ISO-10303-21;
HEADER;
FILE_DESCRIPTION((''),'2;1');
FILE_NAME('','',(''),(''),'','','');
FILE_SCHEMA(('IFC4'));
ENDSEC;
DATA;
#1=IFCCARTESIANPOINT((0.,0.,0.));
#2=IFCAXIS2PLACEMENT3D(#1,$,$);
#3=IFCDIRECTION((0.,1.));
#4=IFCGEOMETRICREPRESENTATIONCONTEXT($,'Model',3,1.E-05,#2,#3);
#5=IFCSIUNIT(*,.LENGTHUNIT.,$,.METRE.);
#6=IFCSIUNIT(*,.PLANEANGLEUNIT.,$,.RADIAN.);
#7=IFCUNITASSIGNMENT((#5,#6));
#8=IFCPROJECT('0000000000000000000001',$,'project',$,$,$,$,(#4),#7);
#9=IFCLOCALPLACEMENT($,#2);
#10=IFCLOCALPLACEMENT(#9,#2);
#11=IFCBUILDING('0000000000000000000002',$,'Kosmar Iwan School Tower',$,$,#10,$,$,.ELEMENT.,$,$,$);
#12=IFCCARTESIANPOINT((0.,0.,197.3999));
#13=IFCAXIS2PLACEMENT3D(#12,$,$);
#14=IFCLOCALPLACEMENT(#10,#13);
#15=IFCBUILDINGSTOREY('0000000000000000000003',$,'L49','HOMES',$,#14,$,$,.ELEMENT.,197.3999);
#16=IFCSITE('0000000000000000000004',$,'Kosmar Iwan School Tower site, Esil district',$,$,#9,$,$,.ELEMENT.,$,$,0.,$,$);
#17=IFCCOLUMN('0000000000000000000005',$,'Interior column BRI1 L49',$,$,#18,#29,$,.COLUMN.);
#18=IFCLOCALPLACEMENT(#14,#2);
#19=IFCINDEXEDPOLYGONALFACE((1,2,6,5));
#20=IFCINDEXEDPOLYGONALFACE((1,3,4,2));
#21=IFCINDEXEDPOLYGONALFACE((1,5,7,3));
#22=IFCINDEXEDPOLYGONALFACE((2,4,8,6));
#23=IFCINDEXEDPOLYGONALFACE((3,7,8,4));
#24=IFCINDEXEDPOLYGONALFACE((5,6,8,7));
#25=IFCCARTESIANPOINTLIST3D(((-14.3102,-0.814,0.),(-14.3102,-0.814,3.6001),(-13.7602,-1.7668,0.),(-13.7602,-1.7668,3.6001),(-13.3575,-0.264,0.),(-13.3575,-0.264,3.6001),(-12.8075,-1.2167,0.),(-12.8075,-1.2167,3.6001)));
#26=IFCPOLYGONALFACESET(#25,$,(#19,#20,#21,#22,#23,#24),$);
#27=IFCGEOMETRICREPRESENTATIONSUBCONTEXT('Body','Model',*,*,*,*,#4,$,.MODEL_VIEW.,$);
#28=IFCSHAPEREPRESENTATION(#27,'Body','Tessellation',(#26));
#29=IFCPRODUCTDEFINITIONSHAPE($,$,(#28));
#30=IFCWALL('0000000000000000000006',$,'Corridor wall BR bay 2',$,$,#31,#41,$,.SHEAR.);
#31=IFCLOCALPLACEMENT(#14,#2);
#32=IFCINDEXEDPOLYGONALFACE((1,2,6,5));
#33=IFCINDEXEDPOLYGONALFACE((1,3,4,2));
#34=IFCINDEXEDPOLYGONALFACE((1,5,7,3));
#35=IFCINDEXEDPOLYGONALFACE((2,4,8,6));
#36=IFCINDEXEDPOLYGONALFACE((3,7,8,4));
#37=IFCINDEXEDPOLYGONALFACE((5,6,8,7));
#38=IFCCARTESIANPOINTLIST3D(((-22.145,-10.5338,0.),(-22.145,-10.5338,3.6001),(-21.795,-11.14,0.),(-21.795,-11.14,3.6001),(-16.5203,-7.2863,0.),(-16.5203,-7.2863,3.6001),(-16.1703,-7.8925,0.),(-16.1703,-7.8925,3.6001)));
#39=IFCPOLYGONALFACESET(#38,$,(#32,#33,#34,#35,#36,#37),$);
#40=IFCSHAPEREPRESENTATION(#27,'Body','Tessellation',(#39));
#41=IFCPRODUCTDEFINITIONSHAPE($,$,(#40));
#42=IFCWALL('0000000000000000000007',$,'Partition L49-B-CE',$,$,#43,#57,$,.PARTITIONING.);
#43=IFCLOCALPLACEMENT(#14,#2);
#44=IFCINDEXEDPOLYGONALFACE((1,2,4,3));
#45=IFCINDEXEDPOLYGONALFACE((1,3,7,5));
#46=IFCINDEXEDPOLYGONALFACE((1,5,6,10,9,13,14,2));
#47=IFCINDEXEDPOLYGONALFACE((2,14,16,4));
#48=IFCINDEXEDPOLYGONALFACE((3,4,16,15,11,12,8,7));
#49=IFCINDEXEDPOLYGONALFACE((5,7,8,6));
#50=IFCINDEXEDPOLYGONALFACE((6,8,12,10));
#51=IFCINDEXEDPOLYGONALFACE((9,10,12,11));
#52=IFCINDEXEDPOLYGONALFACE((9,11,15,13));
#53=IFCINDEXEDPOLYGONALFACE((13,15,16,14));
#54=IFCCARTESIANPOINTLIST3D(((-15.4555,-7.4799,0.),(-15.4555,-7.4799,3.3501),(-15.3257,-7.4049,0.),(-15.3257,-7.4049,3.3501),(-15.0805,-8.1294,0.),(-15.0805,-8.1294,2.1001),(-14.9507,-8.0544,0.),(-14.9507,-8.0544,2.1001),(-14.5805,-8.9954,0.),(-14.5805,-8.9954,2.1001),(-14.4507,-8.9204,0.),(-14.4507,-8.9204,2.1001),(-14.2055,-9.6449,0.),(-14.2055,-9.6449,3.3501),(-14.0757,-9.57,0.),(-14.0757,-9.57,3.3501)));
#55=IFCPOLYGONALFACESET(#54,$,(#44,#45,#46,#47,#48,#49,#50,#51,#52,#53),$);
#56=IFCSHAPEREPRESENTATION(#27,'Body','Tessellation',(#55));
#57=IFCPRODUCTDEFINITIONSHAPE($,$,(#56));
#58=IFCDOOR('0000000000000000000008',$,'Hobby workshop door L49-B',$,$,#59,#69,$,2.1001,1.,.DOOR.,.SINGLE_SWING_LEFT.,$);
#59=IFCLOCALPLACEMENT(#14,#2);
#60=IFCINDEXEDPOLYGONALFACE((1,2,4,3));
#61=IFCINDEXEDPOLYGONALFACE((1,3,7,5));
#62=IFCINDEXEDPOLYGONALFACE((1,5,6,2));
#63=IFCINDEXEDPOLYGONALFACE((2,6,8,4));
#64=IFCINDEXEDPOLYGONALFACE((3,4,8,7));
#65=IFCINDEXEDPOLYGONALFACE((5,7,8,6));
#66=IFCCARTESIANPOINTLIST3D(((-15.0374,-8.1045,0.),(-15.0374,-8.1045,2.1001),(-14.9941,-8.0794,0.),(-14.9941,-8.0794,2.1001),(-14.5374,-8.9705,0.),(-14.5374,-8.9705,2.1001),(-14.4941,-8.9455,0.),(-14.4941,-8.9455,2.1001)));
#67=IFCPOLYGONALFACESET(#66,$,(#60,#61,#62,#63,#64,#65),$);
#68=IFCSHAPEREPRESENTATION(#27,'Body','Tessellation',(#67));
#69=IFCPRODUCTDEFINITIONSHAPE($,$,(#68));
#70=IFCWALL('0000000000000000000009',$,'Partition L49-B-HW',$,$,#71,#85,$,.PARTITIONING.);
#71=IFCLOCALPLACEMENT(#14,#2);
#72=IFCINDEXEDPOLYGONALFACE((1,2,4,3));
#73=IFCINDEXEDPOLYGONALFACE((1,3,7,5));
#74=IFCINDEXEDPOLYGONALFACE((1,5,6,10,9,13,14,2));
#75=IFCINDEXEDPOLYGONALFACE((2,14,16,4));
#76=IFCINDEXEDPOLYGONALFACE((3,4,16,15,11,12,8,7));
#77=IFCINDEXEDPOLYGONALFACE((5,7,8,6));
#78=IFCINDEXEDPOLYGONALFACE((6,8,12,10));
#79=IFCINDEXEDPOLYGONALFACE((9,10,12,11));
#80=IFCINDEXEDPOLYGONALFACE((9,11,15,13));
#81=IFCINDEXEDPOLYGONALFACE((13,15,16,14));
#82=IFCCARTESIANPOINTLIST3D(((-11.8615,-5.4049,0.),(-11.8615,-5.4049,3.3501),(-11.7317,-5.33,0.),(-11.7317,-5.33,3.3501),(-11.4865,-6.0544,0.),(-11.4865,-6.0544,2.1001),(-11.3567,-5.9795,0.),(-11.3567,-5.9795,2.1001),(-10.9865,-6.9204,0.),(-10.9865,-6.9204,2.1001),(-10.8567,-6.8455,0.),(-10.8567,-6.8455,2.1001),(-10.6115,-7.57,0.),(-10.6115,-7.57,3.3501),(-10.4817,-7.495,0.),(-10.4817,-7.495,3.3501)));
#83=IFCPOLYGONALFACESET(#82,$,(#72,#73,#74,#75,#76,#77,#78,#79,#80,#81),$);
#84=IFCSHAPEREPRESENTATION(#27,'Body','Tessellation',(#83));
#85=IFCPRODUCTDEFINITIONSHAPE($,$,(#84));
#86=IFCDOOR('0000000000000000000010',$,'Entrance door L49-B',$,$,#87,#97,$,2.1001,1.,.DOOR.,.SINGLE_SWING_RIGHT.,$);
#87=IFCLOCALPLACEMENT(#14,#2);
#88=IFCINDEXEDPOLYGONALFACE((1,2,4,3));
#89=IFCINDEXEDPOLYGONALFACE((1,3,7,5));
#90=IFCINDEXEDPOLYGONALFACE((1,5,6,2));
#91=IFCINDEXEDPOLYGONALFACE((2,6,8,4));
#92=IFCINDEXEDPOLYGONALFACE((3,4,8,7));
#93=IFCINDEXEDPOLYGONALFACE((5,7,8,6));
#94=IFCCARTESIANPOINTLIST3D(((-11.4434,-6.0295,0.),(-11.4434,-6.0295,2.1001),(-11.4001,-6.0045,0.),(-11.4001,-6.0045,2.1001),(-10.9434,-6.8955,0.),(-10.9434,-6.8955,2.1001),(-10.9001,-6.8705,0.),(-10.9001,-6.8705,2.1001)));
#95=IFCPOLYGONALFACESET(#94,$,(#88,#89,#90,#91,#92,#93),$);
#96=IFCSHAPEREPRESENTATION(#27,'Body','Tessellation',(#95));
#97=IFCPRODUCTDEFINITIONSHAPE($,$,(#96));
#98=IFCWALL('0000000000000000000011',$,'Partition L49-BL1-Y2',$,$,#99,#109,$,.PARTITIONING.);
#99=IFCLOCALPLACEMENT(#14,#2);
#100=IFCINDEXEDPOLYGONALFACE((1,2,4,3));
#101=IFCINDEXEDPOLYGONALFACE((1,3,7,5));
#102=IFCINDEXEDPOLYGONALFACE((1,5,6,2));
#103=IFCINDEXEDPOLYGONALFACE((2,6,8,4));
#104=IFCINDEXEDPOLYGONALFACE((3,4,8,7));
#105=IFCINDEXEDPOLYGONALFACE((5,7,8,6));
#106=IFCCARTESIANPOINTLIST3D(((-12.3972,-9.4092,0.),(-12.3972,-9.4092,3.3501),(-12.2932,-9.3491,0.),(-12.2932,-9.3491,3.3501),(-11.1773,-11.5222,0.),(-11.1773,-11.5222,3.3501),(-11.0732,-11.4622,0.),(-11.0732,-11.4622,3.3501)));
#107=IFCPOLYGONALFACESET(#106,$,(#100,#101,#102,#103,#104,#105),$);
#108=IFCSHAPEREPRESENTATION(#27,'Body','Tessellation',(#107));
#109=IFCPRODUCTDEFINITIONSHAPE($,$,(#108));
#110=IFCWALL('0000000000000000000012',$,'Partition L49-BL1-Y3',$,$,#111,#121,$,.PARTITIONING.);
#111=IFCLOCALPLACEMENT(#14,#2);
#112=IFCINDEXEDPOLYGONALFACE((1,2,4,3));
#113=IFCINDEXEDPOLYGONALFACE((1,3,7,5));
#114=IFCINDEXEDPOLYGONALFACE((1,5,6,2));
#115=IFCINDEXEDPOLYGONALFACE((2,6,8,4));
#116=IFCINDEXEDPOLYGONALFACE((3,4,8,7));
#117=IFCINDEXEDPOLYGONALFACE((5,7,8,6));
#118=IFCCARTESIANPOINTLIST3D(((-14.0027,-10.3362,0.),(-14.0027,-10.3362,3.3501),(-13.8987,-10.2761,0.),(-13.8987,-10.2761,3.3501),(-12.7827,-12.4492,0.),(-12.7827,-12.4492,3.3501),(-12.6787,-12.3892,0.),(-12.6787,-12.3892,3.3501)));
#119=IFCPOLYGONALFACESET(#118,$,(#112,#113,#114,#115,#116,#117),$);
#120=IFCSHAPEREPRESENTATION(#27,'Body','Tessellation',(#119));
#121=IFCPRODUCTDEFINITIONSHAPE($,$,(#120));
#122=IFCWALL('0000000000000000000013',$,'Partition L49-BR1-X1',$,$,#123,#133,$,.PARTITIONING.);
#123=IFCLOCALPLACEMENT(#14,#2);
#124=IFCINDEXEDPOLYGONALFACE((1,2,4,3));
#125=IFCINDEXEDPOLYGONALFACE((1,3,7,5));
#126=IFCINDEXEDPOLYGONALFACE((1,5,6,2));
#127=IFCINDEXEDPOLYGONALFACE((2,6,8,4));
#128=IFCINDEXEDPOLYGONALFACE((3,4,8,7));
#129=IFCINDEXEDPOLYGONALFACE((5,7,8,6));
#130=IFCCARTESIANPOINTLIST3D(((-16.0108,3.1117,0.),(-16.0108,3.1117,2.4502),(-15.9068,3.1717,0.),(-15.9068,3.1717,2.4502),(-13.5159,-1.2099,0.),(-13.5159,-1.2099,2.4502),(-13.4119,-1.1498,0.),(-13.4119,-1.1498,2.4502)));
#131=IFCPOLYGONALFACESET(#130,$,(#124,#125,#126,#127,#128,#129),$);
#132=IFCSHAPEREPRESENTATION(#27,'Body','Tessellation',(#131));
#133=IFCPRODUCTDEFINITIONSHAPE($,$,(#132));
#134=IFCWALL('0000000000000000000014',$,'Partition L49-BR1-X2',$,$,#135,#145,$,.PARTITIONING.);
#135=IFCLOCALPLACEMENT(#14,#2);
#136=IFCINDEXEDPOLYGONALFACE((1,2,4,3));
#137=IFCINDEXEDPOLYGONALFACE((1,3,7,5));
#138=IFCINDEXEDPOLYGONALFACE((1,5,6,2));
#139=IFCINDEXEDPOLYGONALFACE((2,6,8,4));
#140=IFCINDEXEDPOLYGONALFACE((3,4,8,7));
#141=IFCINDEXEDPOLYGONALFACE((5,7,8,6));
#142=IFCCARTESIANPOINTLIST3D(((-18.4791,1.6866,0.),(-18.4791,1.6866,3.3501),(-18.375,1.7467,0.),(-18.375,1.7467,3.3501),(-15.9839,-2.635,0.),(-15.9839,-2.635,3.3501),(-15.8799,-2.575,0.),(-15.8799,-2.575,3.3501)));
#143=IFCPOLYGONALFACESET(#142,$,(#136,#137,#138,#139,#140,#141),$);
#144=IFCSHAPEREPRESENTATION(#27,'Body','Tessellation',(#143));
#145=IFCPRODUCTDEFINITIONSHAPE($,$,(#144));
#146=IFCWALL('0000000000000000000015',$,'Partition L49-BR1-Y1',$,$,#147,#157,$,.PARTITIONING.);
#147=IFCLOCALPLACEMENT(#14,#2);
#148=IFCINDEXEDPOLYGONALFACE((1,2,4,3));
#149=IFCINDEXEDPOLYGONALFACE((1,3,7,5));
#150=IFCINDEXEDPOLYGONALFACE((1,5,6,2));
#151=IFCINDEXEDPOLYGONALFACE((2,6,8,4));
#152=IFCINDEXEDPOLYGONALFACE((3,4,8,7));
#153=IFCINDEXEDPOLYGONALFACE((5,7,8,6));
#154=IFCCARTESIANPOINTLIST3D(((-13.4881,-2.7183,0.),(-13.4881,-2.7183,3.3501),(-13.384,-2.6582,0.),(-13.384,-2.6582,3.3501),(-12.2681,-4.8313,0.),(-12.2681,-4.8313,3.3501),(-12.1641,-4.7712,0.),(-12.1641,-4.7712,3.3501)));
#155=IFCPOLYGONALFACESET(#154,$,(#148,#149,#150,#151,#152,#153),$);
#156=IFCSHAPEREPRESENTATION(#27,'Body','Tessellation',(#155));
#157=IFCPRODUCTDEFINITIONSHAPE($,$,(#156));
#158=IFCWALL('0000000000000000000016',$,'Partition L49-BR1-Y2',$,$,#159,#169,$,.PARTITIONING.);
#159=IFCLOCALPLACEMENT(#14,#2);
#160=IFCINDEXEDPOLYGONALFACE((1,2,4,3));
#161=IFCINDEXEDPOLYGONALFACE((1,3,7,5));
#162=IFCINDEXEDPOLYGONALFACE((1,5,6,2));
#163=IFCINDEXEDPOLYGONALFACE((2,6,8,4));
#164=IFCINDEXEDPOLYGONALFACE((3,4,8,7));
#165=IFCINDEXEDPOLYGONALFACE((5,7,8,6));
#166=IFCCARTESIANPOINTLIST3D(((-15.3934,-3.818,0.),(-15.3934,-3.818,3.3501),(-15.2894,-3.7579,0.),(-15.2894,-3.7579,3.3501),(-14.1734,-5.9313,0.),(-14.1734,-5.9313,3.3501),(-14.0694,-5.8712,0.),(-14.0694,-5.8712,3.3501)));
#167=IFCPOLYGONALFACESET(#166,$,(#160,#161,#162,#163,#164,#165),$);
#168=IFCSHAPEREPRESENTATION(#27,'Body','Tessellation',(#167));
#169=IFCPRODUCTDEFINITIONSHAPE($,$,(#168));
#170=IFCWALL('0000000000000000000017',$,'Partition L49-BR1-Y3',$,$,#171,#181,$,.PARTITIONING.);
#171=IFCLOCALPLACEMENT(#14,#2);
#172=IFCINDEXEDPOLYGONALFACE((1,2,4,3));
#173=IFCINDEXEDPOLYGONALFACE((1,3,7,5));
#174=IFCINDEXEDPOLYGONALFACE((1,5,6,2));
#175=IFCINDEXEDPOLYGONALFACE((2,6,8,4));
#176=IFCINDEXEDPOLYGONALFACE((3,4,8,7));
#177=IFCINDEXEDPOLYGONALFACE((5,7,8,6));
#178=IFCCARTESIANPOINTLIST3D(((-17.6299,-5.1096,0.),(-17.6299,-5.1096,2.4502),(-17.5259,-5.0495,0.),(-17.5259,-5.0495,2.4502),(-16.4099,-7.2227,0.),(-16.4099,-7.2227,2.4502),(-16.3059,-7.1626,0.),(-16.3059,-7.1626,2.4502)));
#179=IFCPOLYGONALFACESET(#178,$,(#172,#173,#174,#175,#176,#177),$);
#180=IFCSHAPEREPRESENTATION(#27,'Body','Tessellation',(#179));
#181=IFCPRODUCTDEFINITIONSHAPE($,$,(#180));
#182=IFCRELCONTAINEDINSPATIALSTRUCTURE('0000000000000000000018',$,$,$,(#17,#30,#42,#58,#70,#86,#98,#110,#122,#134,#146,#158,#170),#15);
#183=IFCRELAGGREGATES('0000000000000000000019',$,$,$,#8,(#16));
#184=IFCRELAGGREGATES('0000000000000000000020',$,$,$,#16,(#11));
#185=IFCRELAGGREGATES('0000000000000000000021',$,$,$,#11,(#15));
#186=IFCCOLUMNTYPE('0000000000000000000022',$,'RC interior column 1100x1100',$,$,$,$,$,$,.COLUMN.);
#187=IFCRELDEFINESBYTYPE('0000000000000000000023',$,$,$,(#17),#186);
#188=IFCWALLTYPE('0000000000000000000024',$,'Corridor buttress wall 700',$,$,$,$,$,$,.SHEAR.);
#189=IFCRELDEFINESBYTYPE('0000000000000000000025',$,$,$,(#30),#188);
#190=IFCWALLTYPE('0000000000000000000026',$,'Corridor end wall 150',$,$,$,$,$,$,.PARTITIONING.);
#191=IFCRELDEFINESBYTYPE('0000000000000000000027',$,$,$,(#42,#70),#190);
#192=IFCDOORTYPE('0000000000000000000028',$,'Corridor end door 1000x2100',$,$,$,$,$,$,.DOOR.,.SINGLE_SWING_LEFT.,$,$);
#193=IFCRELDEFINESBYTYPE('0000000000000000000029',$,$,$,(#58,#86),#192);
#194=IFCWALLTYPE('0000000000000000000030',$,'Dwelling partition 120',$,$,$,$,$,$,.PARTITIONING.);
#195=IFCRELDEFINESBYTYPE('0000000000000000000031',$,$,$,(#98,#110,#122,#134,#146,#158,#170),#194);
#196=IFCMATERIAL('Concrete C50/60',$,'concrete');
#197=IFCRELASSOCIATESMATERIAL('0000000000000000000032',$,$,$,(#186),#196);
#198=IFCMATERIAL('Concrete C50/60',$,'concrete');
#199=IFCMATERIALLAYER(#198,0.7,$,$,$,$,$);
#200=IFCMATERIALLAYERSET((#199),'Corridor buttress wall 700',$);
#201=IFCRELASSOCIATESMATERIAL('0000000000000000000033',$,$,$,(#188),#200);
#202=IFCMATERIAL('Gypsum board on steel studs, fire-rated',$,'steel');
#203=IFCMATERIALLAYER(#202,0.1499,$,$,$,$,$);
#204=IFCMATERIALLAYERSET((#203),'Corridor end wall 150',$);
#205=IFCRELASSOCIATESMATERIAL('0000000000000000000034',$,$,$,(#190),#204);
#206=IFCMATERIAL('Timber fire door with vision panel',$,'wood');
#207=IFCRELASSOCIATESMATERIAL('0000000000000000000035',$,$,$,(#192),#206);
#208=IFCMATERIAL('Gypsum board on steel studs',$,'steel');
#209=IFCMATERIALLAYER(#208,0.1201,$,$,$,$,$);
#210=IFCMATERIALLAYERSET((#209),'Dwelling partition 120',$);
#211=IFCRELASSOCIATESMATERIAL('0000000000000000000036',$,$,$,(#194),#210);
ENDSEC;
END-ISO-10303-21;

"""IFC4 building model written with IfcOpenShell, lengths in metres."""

from ifc_helpers import new_model, si_unit, direction, frame, frame_2d, origin, origin_2d, place, context, subcontext, project, spatial, rectangle, extrude, material, layer, layer_set, material_profile, profile_set, type_object, element, fill, save


model = new_model("IFC4")

# Units and contexts
model_context = context("Model", 3, precision=1e-05, world=origin(), true_north=direction((0.0, 1.0)))
body_context = subcontext(model_context, "Body", "Model", "MODEL_VIEW")
ifc_project = project(units=[si_unit("LENGTHUNIT", "METRE"), si_unit("PLANEANGLEUNIT", "RADIAN")], contexts=[model_context])

# Site, building, storey
site_placement = place(None, origin())
site = spatial("IfcSite", under=ifc_project, at=site_placement, Name="Kosmar Iwan School Tower site, Esil district", CompositionType="ELEMENT", RefElevation=0.0)
building_placement = place(site_placement, origin())
building = spatial("IfcBuilding", under=site, at=building_placement, Name="Kosmar Iwan School Tower", CompositionType="ELEMENT")
storey_placement = place(building_placement, frame((0.0, 0.0, 197.3999)))
storey = spatial("IfcBuildingStorey", under=building, at=storey_placement, Name="L49", Description="HOMES", CompositionType="ELEMENT", Elevation=197.3999)

# Column
ifc_material_1 = material(Name="Concrete C50/60", Category="concrete")
ifc_material_profile = material_profile(ifc_material_1, rectangle(XDim=1.1001, YDim=1.1001, at=origin_2d()), Name="RC 1100x1100")
ifc_profile_set = profile_set([ifc_material_profile], Name="Concrete C50/60")
column_type = type_object("IfcColumnType", Name="RC interior column 1100x1100", PredefinedType="COLUMN", material=ifc_profile_set)
column_placement = place(storey_placement, frame((-13.5588, -1.0154, 0.0), z_axis=(0.0, 0.0, 1.0), x_axis=(-0.866025, -0.5, 0.0)))
element("IfcColumn", 1, at=column_placement, inside=storey, type_object=column_type, Name="Interior column BRI1 L49", PredefinedType="COLUMN", context=body_context, shape_type="SweptSolid", body=[
    extrude(rectangle(XDim=1.1001, YDim=1.1001, at=origin_2d()), origin(), (0.0, 0.0, 1.0), 3.6001),
])

# Wall
ifc_material_2 = material(Name="Concrete C50/60", Category="concrete")
ifc_layer_1 = layer(ifc_material_2, 0.7)
ifc_layer_set_1 = layer_set([ifc_layer_1], Name="Corridor buttress wall 700")
wall_type_1 = type_object("IfcWallType", Name="Corridor buttress wall 700", PredefinedType="SHEAR", material=ifc_layer_set_1)
wall_1_placement = place(storey_placement, frame((-16.3452, -7.5894, 0.0), z_axis=(0.0, 0.0, 1.0), x_axis=(-0.866018, -0.500012, 0.0)))
element("IfcWall", 2, at=wall_1_placement, inside=storey, type_object=wall_type_1, Name="Corridor wall BR bay 2", PredefinedType="SHEAR", context=body_context, shape_type="SweptSolid", body=[
    extrude(rectangle(XDim=6.4949, YDim=0.7, at=frame_2d((3.2476, 0.0))), origin(), (0.0, 0.0, 1.0), 3.6001),
])

# Walls, openings, doors
ifc_material_3 = material(Name="Gypsum board on steel studs, fire-rated", Category="steel")
ifc_layer_2 = layer(ifc_material_3, 0.1499)
ifc_layer_set_2 = layer_set([ifc_layer_2], Name="Corridor end wall 150")
wall_type_2 = type_object("IfcWallType", Name="Corridor end wall 150", PredefinedType="PARTITIONING", material=ifc_layer_set_2)
wall_2_placement = place(storey_placement, frame((-15.3906, -7.4424, 0.0), z_axis=(0.0, 0.0, 1.0), x_axis=(0.500004, -0.866023, 0.0)))
wall_2 = element("IfcWall", 3, at=wall_2_placement, inside=storey, type_object=wall_type_2, Name="Partition L49-B-CE", PredefinedType="PARTITIONING", context=body_context, shape_type="SweptSolid", body=[
    extrude(rectangle(XDim=2.5, YDim=0.1499, at=frame_2d((1.25, 0.0))), origin(), (0.0, 0.0, 1.0), 3.3501),
])
opening_1_placement = place(wall_2_placement, frame((0.75, 0.0, 0.0)))
opening_1 = element("IfcOpeningElement", 4, at=opening_1_placement, cuts=wall_2, PredefinedType="OPENING", context=body_context, shape_type="SweptSolid", body=[
    extrude(rectangle(XDim=1.0, YDim=2.1001, at=frame_2d((0.5, 1.05))), frame((0.0, 0.0869, 0.0), z_axis=(0.0, -1.0, 0.0), x_axis=(1.0, 0.0, 0.0)), (0.0, 0.0, 1.0), 0.1738),
])
ifc_material_4 = material(Name="Timber fire door with vision panel", Category="wood")
door_type = type_object("IfcDoorType", Name="Corridor end door 1000x2100", OperationType="SINGLE_SWING_LEFT", PredefinedType="DOOR", material=ifc_material_4)
door_1_placement = place(opening_1_placement, origin())
door_1 = element("IfcDoor", 5, at=door_1_placement, inside=storey, type_object=door_type, Name="Hobby workshop door L49-B", OperationType="SINGLE_SWING_LEFT", OverallHeight=2.1001, OverallWidth=1.0, PredefinedType="DOOR", context=body_context, shape_type="SweptSolid", body=[
    extrude(rectangle(XDim=1.0, YDim=2.1001, at=frame_2d((0.5, 1.05))), frame((0.0, 0.0249, 0.0), z_axis=(0.0, -1.0, 0.0), x_axis=(1.0, 0.0, 0.0)), (0.0, 0.0, 1.0), 0.05),
])
fill(opening_1, door_1)
wall_3_placement = place(storey_placement, frame((-11.7966, -5.3674, 0.0), z_axis=(0.0, 0.0, 1.0), x_axis=(0.500004, -0.866023, 0.0)))
wall_3 = element("IfcWall", 6, at=wall_3_placement, inside=storey, type_object=wall_type_2, Name="Partition L49-B-HW", PredefinedType="PARTITIONING", context=body_context, shape_type="SweptSolid", body=[
    extrude(rectangle(XDim=2.5, YDim=0.1499, at=frame_2d((1.25, 0.0))), origin(), (0.0, 0.0, 1.0), 3.3501),
])
opening_2_placement = place(wall_3_placement, frame((0.75, 0.0, 0.0)))
opening_2 = element("IfcOpeningElement", 7, at=opening_2_placement, cuts=wall_3, PredefinedType="OPENING", context=body_context, shape_type="SweptSolid", body=[
    extrude(rectangle(XDim=1.0, YDim=2.1001, at=frame_2d((0.5, 1.05))), frame((0.0, 0.0869, 0.0), z_axis=(0.0, -1.0, 0.0), x_axis=(1.0, 0.0, 0.0)), (0.0, 0.0, 1.0), 0.1738),
])
door_2_placement = place(opening_2_placement, origin())
door_2 = element("IfcDoor", 8, at=door_2_placement, inside=storey, type_object=door_type, Name="Entrance door L49-B", OperationType="SINGLE_SWING_RIGHT", OverallHeight=2.1001, OverallWidth=1.0, PredefinedType="DOOR", context=body_context, shape_type="SweptSolid", body=[
    extrude(rectangle(XDim=1.0, YDim=2.1001, at=frame_2d((0.5, 1.05))), frame((0.0, 0.0249, 0.0), z_axis=(0.0, -1.0, 0.0), x_axis=(1.0, 0.0, 0.0)), (0.0, 0.0, 1.0), 0.05),
])
fill(opening_2, door_2)

# Walls
ifc_material_5 = material(Name="Gypsum board on steel studs", Category="steel")
ifc_layer_3 = layer(ifc_material_5, 0.1201)
ifc_layer_set_3 = layer_set([ifc_layer_3], Name="Dwelling partition 120")
wall_type_3 = type_object("IfcWallType", Name="Dwelling partition 120", PredefinedType="PARTITIONING", material=ifc_layer_set_3)
for number, where, z_axis, x_axis, name in (
    (9, (-12.3452, -9.3792, 0.0), (0.0, 0.0, 1.0), (0.500003, -0.866024, 0.0), "Partition L49-BL1-Y2"),
    (10, (-13.9507, -10.3062, 0.0), (0.0, 0.0, 1.0), (0.500003, -0.866024, 0.0), "Partition L49-BL1-Y3"),
):
    element("IfcWall", number, at=place(storey_placement, frame(where, z_axis=z_axis, x_axis=x_axis)), inside=storey, type_object=wall_type_3, Name=name, PredefinedType="PARTITIONING", context=body_context, shape_type="SweptSolid", body=[
        extrude(rectangle(XDim=2.4399, YDim=0.1201, at=frame_2d((1.22, 0.0))), origin(), (0.0, 0.0, 1.0), 3.3501),
    ])
wall_4_placement = place(storey_placement, frame((-13.4639, -1.1799, 0.0), z_axis=(0.0, 0.0, 1.0), x_axis=(-0.499975, 0.86604, 0.0)))
element("IfcWall", 11, at=wall_4_placement, inside=storey, type_object=wall_type_3, Name="Partition L49-BR1-X1", PredefinedType="PARTITIONING", context=body_context, shape_type="SweptSolid", body=[
    extrude(rectangle(XDim=4.99, YDim=0.1201, at=frame_2d((2.4951, 0.0))), origin(), (0.0, 0.0, 1.0), 2.4502),
])
wall_5_placement = place(storey_placement, frame((-15.9319, -2.605, 0.0), z_axis=(0.0, 0.0, 1.0), x_axis=(-0.500012, 0.866019, 0.0)))
element("IfcWall", 12, at=wall_5_placement, inside=storey, type_object=wall_type_3, Name="Partition L49-BR1-X2", PredefinedType="PARTITIONING", context=body_context, shape_type="SweptSolid", body=[
    extrude(rectangle(XDim=4.9902, YDim=0.1201, at=frame_2d((2.4951, 0.0))), origin(), (0.0, 0.0, 1.0), 3.3501),
])
wall_6_placement = place(storey_placement, frame((-12.2161, -4.8013, 0.0), z_axis=(0.0, 0.0, 1.0), x_axis=(-0.500003, 0.866024, 0.0)))
element("IfcWall", 13, at=wall_6_placement, inside=storey, type_object=wall_type_3, Name="Partition L49-BR1-Y1", PredefinedType="PARTITIONING", context=body_context, shape_type="SweptSolid", body=[
    extrude(rectangle(XDim=2.4399, YDim=0.1201, at=frame_2d((1.22, 0.0))), origin(), (0.0, 0.0, 1.0), 3.3501),
])
wall_7_placement = place(storey_placement, frame((-14.1213, -5.9014, 0.0), z_axis=(0.0, 0.0, 1.0), x_axis=(-0.499959, 0.866049, 0.0)))
element("IfcWall", 14, at=wall_7_placement, inside=storey, type_object=wall_type_3, Name="Partition L49-BR1-Y2", PredefinedType="PARTITIONING", context=body_context, shape_type="SweptSolid", body=[
    extrude(rectangle(XDim=2.4402, YDim=0.1201, at=frame_2d((1.2202, 0.0))), origin(), (0.0, 0.0, 1.0), 3.3501),
])
wall_8_placement = place(storey_placement, frame((-16.3579, -7.1926, 0.0), z_axis=(0.0, 0.0, 1.0), x_axis=(-0.500003, 0.866024, 0.0)))
element("IfcWall", 15, at=wall_8_placement, inside=storey, type_object=wall_type_3, Name="Partition L49-BR1-Y3", PredefinedType="PARTITIONING", context=body_context, shape_type="SweptSolid", body=[
    extrude(rectangle(XDim=2.4399, YDim=0.1201, at=frame_2d((1.22, 0.0))), origin(), (0.0, 0.0, 1.0), 2.4502),
])

save(model, "model.ifc")
